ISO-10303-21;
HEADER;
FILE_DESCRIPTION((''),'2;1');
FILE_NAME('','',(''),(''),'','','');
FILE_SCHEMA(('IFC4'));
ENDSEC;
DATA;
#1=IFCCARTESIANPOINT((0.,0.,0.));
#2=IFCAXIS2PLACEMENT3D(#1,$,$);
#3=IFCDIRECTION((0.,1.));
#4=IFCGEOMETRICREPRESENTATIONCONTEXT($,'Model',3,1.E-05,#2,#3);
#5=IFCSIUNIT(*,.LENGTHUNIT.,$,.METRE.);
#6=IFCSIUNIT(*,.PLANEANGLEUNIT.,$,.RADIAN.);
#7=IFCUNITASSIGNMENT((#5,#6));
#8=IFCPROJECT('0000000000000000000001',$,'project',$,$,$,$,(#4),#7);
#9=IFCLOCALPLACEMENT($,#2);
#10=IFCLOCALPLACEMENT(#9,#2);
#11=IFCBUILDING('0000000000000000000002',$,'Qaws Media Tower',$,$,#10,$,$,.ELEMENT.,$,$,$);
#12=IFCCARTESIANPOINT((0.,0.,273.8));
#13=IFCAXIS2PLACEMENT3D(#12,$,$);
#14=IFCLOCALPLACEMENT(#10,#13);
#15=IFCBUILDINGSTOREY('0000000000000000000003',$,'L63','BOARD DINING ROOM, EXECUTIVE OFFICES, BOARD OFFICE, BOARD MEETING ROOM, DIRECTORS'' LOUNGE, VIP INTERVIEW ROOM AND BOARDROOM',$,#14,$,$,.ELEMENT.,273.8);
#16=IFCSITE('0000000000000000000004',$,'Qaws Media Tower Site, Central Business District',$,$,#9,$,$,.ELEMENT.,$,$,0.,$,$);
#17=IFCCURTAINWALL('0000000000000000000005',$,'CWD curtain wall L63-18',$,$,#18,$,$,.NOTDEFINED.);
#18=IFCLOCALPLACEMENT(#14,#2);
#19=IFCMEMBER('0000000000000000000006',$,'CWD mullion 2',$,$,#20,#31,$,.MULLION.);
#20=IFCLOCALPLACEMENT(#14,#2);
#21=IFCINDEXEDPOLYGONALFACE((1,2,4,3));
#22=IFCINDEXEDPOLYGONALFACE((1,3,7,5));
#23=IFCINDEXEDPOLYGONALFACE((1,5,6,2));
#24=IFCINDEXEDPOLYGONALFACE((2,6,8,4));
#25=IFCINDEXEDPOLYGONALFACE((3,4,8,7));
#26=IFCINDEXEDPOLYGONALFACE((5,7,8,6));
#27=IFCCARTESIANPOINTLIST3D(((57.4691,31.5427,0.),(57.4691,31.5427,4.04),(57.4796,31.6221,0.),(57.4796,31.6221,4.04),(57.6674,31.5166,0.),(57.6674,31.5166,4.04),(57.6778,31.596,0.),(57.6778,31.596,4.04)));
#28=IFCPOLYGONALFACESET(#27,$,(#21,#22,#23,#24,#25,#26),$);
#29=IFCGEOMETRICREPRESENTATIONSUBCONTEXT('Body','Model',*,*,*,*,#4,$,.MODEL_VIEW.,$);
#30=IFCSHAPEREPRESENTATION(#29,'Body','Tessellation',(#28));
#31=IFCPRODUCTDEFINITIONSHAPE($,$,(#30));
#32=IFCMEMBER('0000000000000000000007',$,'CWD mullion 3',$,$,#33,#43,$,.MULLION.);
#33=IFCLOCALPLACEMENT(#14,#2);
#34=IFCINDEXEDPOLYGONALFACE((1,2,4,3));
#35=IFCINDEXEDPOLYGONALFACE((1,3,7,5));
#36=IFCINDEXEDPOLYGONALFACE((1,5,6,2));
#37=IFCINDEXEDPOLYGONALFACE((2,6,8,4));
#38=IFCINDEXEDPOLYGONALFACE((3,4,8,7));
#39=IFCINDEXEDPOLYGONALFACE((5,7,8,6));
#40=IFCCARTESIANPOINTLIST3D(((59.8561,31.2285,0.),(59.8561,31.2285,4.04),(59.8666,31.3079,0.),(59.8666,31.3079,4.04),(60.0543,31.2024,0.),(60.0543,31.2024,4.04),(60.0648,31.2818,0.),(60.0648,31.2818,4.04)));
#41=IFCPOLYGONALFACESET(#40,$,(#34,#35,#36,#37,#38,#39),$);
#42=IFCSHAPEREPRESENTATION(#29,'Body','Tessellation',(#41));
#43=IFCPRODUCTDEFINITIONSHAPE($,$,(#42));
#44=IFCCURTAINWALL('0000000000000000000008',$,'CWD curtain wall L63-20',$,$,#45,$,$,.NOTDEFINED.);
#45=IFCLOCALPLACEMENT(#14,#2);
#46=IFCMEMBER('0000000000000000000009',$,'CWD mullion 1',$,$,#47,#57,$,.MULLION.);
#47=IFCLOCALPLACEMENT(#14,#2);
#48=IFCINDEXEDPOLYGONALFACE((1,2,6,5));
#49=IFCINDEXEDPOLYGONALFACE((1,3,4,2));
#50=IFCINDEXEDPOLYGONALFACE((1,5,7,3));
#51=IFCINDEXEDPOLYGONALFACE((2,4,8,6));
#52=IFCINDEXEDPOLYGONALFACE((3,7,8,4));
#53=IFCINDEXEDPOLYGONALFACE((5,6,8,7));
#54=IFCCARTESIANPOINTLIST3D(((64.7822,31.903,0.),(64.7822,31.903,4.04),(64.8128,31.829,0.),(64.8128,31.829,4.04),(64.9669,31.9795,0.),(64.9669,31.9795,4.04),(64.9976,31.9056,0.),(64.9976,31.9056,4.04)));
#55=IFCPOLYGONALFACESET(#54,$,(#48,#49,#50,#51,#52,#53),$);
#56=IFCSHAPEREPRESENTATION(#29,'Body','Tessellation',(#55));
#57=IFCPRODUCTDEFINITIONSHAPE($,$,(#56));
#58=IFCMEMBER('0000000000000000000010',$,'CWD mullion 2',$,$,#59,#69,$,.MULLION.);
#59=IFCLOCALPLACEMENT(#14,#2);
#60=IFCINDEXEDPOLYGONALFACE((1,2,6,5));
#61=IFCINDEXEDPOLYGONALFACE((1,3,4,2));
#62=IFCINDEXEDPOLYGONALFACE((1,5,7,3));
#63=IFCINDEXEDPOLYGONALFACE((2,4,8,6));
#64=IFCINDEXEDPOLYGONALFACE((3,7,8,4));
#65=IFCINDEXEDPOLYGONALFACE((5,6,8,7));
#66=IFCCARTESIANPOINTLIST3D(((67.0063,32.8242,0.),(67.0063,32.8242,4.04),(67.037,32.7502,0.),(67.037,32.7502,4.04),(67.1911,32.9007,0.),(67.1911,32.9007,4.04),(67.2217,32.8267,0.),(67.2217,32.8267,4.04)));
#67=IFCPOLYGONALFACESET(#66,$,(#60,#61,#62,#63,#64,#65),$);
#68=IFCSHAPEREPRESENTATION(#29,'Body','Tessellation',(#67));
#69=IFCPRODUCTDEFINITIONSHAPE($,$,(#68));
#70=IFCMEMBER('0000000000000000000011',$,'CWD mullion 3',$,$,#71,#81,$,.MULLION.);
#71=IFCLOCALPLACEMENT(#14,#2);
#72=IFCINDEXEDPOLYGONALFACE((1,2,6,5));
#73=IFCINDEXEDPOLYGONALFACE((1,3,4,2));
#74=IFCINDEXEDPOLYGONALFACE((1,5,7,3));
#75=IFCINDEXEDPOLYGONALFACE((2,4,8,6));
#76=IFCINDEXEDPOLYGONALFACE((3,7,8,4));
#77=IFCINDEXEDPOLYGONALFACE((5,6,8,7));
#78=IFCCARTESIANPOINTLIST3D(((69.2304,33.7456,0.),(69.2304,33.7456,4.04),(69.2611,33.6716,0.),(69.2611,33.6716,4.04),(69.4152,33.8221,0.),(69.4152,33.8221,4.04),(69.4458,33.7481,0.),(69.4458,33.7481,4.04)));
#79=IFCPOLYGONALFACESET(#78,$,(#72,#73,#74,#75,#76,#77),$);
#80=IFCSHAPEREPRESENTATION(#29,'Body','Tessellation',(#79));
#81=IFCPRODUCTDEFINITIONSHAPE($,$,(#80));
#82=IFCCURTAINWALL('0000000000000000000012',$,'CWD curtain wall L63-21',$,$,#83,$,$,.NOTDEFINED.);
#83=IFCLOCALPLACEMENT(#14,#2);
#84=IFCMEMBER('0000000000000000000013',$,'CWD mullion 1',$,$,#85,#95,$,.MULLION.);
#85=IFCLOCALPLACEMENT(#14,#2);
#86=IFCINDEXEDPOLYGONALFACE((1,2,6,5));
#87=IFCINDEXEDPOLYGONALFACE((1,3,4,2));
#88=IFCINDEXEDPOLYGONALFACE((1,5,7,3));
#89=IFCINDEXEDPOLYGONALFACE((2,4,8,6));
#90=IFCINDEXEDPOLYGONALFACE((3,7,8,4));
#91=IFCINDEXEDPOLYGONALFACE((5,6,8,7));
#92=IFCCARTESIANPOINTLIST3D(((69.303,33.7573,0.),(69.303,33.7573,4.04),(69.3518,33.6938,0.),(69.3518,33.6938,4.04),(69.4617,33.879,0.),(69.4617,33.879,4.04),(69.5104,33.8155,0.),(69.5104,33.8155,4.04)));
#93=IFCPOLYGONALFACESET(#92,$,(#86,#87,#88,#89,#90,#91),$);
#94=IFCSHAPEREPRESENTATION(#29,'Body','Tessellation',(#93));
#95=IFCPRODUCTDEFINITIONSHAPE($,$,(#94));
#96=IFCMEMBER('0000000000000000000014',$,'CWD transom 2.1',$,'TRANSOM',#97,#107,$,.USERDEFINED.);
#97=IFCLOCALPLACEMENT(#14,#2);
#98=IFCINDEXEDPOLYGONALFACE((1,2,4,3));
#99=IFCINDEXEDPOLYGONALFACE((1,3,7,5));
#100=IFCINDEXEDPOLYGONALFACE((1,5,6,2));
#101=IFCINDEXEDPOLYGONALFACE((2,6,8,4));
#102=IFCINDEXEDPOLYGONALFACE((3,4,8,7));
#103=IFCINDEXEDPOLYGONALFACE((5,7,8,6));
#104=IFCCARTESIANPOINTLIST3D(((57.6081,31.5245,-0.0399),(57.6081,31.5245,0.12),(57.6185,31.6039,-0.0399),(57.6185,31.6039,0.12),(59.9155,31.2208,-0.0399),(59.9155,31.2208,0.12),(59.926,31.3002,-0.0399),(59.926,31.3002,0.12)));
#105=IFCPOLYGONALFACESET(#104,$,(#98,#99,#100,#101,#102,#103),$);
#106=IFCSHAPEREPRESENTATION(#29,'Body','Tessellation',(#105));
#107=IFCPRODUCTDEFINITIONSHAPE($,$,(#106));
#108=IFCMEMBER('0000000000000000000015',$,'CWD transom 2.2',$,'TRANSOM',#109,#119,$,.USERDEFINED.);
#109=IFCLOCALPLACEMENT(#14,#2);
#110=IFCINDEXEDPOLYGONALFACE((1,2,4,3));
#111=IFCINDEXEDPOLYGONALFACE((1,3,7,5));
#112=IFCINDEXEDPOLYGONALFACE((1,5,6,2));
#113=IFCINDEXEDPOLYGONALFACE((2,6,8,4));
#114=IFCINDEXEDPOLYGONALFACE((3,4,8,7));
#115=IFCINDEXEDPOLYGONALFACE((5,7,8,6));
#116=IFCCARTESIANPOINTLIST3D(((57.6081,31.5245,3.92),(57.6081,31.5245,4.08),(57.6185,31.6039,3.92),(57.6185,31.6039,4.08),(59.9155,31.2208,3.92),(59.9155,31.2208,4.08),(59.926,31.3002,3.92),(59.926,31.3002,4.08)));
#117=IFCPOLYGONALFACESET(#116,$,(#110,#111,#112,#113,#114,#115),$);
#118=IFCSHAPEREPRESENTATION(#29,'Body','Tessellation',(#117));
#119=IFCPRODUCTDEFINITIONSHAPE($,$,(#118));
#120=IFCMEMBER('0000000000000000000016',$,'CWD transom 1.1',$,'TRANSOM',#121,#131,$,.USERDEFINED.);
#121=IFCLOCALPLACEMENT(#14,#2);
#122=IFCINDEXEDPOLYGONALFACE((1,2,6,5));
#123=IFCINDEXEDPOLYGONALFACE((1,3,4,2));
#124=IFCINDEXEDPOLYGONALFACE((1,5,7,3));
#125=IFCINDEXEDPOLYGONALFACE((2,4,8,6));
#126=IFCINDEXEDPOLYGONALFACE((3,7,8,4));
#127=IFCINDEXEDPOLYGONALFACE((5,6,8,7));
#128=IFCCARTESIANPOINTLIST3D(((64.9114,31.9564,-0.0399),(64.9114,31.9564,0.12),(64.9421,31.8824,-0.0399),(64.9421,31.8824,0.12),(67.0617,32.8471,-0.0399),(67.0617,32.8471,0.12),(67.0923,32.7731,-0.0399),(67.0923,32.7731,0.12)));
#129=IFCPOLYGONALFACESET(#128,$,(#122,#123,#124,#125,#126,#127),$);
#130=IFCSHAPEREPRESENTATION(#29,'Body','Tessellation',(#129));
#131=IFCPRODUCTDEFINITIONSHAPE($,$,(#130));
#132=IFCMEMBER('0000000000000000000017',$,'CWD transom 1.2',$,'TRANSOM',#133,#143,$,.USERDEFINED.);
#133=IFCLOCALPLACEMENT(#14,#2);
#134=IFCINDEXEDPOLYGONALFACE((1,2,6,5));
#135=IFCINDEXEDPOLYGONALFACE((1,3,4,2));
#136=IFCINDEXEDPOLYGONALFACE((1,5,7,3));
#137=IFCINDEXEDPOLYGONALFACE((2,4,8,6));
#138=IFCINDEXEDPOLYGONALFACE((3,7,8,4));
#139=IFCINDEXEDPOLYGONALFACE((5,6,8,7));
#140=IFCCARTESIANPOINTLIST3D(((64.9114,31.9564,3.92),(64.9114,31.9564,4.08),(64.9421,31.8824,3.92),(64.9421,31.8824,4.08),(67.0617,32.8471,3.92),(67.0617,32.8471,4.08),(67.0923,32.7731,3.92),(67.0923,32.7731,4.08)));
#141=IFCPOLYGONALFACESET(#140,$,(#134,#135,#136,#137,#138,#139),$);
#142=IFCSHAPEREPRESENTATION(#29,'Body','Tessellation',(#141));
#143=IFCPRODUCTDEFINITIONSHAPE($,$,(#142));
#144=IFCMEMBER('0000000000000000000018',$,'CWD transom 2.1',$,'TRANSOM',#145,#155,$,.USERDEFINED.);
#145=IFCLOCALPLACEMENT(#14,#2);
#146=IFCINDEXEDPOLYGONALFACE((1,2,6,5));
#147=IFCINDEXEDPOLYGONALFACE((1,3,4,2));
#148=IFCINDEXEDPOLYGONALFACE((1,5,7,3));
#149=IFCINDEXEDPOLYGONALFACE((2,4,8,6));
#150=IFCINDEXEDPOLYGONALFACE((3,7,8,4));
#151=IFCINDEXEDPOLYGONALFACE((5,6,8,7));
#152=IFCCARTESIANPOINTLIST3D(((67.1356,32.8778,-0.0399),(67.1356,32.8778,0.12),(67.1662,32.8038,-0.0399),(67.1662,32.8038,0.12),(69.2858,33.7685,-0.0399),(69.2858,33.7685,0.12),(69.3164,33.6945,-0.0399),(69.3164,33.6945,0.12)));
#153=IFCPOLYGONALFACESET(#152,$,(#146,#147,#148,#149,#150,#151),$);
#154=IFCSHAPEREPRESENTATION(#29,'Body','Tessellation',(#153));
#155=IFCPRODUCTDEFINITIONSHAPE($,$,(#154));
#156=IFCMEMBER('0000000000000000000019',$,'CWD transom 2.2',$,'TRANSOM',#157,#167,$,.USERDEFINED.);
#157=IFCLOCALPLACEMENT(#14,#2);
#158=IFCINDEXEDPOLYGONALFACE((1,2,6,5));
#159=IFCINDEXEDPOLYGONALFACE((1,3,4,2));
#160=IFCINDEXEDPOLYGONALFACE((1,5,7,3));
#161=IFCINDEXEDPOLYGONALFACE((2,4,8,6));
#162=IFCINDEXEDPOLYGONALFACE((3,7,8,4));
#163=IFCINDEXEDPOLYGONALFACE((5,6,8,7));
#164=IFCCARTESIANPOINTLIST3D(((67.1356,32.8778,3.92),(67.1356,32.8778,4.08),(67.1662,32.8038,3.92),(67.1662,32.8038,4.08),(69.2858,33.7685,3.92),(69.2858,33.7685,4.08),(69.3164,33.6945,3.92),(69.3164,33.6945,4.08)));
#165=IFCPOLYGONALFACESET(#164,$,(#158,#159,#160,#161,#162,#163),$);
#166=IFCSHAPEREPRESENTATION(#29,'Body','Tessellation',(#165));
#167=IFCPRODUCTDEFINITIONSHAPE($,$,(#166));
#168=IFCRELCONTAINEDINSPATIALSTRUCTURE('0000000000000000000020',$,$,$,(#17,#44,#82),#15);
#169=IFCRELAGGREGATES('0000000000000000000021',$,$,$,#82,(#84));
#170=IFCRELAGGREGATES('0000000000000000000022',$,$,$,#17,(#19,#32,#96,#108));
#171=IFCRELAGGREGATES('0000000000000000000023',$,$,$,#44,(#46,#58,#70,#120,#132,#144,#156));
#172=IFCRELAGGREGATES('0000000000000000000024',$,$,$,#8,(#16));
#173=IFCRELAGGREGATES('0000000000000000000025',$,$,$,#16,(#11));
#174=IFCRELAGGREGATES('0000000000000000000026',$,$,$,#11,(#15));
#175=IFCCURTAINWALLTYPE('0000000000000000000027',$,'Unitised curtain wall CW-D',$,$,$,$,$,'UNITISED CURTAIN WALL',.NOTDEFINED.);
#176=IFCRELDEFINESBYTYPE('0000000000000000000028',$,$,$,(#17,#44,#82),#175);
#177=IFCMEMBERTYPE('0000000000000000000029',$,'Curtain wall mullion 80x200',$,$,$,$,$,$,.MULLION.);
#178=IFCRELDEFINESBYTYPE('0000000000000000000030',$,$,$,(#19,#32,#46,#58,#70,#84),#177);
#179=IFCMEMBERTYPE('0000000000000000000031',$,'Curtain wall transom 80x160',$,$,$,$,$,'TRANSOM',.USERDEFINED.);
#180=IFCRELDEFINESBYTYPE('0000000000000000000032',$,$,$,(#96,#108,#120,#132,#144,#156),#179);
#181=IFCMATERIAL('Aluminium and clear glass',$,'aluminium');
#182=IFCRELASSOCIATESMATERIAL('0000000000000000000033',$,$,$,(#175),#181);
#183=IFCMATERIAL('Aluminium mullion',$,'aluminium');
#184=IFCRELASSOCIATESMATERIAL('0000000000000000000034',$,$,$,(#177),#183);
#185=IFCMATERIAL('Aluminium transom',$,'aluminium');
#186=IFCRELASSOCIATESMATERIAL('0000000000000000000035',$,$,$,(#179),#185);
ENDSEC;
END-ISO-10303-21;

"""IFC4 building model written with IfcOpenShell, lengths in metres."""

from ifc_helpers import new_model, si_unit, direction, frame, origin, origin_2d, place, context, subcontext, project, spatial, rectangle, extrude, material, material_profile, profile_set, type_object, element, aggregate, save


model = new_model("IFC4")

# Units and contexts
model_context = context("Model", 3, precision=1e-05, world=origin(), true_north=direction((0.0, 1.0)))
body_context = subcontext(model_context, "Body", "Model", "MODEL_VIEW")
ifc_project = project(units=[si_unit("LENGTHUNIT", "METRE"), si_unit("PLANEANGLEUNIT", "RADIAN")], contexts=[model_context])

# Site, building, storey
site_placement = place(None, origin())
site = spatial("IfcSite", under=ifc_project, at=site_placement, Name="Qaws Media Tower Site, Central Business District", CompositionType="ELEMENT", RefElevation=0.0)
building_placement = place(site_placement, origin())
building = spatial("IfcBuilding", under=site, at=building_placement, Name="Qaws Media Tower", CompositionType="ELEMENT")
storey_placement = place(building_placement, frame((0.0, 0.0, 273.8)))
storey = spatial("IfcBuildingStorey", under=building, at=storey_placement, Name="L63", Description="BOARD DINING ROOM, EXECUTIVE OFFICES, BOARD OFFICE, BOARD MEETING ROOM, DIRECTORS' LOUNGE, VIP INTERVIEW ROOM AND BOARDROOM", CompositionType="ELEMENT", Elevation=273.8)

# Curtain walls, members
ifc_material_1 = material(Name="Aluminium and clear glass", Category="aluminium")
curtain_wall_type = type_object("IfcCurtainWallType", Name="Unitised curtain wall CW-D", ElementType="UNITISED CURTAIN WALL", PredefinedType="NOTDEFINED", material=ifc_material_1)
curtain_wall_1_placement = place(storey_placement, origin())
curtain_wall_1 = element("IfcCurtainWall", 1, at=curtain_wall_1_placement, inside=storey, type_object=curtain_wall_type, Name="CWD curtain wall L63-18", PredefinedType="NOTDEFINED")
ifc_material_2 = material(Name="Aluminium mullion", Category="aluminium")
ifc_material_profile_1 = material_profile(ifc_material_2, rectangle(XDim=0.0801, YDim=0.2, at=origin_2d()), Name="80x200")
ifc_profile_set_1 = profile_set([ifc_material_profile_1], Name="Aluminium mullion")
member_type_1 = type_object("IfcMemberType", Name="Curtain wall mullion 80x200", PredefinedType="MULLION", material=ifc_profile_set_1)
member_1_placement = place(storey_placement, frame((57.5735, 31.5693, 0.0), z_axis=(0.0, 0.0, 1.0), x_axis=(0.130526, 0.991445, 0.0)))
member_1 = element("IfcMember", 2, at=member_1_placement, type_object=member_type_1, Name="CWD mullion 2", PredefinedType="MULLION", context=body_context, shape_type="SweptSolid", body=[
    extrude(rectangle(XDim=0.0801, YDim=0.2, at=origin_2d()), origin(), (0.0, 0.0, 1.0), 4.04),
])
member_2_placement = place(storey_placement, frame((59.9604, 31.2551, 0.0), z_axis=(0.0, 0.0, 1.0), x_axis=(0.130526, 0.991445, 0.0)))
member_2 = element("IfcMember", 3, at=member_2_placement, type_object=member_type_1, Name="CWD mullion 3", PredefinedType="MULLION", context=body_context, shape_type="SweptSolid", body=[
    extrude(rectangle(XDim=0.0801, YDim=0.2, at=origin_2d()), origin(), (0.0, 0.0, 1.0), 4.04),
])
curtain_wall_2_placement = place(storey_placement, origin())
curtain_wall_2 = element("IfcCurtainWall", 4, at=curtain_wall_2_placement, inside=storey, type_object=curtain_wall_type, Name="CWD curtain wall L63-20", PredefinedType="NOTDEFINED")
member_3_placement = place(storey_placement, frame((64.8899, 31.9043, 0.0), z_axis=(0.0, 0.0, 1.0), x_axis=(-0.382683, 0.92388, 0.0)))
member_3 = element("IfcMember", 5, at=member_3_placement, type_object=member_type_1, Name="CWD mullion 1", PredefinedType="MULLION", context=body_context, shape_type="SweptSolid", body=[
    extrude(rectangle(XDim=0.0801, YDim=0.2, at=origin_2d()), origin(), (0.0, 0.0, 1.0), 4.04),
])
member_4_placement = place(storey_placement, frame((67.114, 32.8254, 0.0), z_axis=(0.0, 0.0, 1.0), x_axis=(-0.382683, 0.92388, 0.0)))
member_4 = element("IfcMember", 6, at=member_4_placement, type_object=member_type_1, Name="CWD mullion 2", PredefinedType="MULLION", context=body_context, shape_type="SweptSolid", body=[
    extrude(rectangle(XDim=0.0801, YDim=0.2, at=origin_2d()), origin(), (0.0, 0.0, 1.0), 4.04),
])
member_5_placement = place(storey_placement, frame((69.3381, 33.7468, 0.0), z_axis=(0.0, 0.0, 1.0), x_axis=(-0.382683, 0.92388, 0.0)))
member_5 = element("IfcMember", 7, at=member_5_placement, type_object=member_type_1, Name="CWD mullion 3", PredefinedType="MULLION", context=body_context, shape_type="SweptSolid", body=[
    extrude(rectangle(XDim=0.0801, YDim=0.2, at=origin_2d()), origin(), (0.0, 0.0, 1.0), 4.04),
])

# Curtain wall, member
curtain_wall_3_placement = place(storey_placement, origin())
curtain_wall_3 = element("IfcCurtainWall", 8, at=curtain_wall_3_placement, inside=storey, type_object=curtain_wall_type, Name="CWD curtain wall L63-21", PredefinedType="NOTDEFINED")
member_6_placement = place(storey_placement, frame((69.4067, 33.7864, 0.0), z_axis=(0.0, 0.0, 1.0), x_axis=(-0.608761, 0.793353, 0.0)))
member_6 = element("IfcMember", 9, at=member_6_placement, type_object=member_type_1, Name="CWD mullion 1", PredefinedType="MULLION", context=body_context, shape_type="SweptSolid", body=[
    extrude(rectangle(XDim=0.0801, YDim=0.2, at=origin_2d()), origin(), (0.0, 0.0, 1.0), 4.04),
])
aggregate(curtain_wall_3, [member_6])

# Members
ifc_material_3 = material(Name="Aluminium transom", Category="aluminium")
ifc_material_profile_2 = material_profile(ifc_material_3, rectangle(XDim=0.0801, YDim=0.1599, at=origin_2d()), Name="80x160")
ifc_profile_set_2 = profile_set([ifc_material_profile_2], Name="Aluminium transom")
member_type_2 = type_object("IfcMemberType", Name="Curtain wall transom 80x160", ElementType="TRANSOM", PredefinedType="USERDEFINED", material=ifc_profile_set_2)
member_7_placement = place(storey_placement, frame((57.6133, 31.5642, 0.04), z_axis=(0.991448, -0.130501, 0.0), x_axis=(0.130501, 0.991448, 0.0)))
member_7 = element("IfcMember", 10, at=member_7_placement, type_object=member_type_2, Name="CWD transom 2.1", ObjectType="TRANSOM", PredefinedType="USERDEFINED", context=body_context, shape_type="SweptSolid", body=[
    extrude(rectangle(XDim=0.0801, YDim=0.1599, at=origin_2d()), origin(), (0.0, 0.0, 1.0), 2.3274),
])
member_8_placement = place(storey_placement, frame((57.6133, 31.5642, 4.0), z_axis=(0.991448, -0.130501, 0.0), x_axis=(0.130501, 0.991448, 0.0)))
member_8 = element("IfcMember", 11, at=member_8_placement, type_object=member_type_2, Name="CWD transom 2.2", ObjectType="TRANSOM", PredefinedType="USERDEFINED", context=body_context, shape_type="SweptSolid", body=[
    extrude(rectangle(XDim=0.0801, YDim=0.1599, at=origin_2d()), origin(), (0.0, 0.0, 1.0), 2.3274),
])
member_9_placement = place(storey_placement, frame((64.9268, 31.9194, 0.04), z_axis=(0.923879, 0.382685, 0.0), x_axis=(-0.382685, 0.923879, 0.0)))
member_9 = element("IfcMember", 12, at=member_9_placement, type_object=member_type_2, Name="CWD transom 1.1", ObjectType="TRANSOM", PredefinedType="USERDEFINED", context=body_context, shape_type="SweptSolid", body=[
    extrude(rectangle(XDim=0.0801, YDim=0.1599, at=origin_2d()), origin(), (0.0, 0.0, 1.0), 2.3274),
])
member_10_placement = place(storey_placement, frame((64.9268, 31.9194, 4.0), z_axis=(0.923879, 0.382685, 0.0), x_axis=(-0.382685, 0.923879, 0.0)))
member_10 = element("IfcMember", 13, at=member_10_placement, type_object=member_type_2, Name="CWD transom 1.2", ObjectType="TRANSOM", PredefinedType="USERDEFINED", context=body_context, shape_type="SweptSolid", body=[
    extrude(rectangle(XDim=0.0801, YDim=0.1599, at=origin_2d()), origin(), (0.0, 0.0, 1.0), 2.3274),
])
member_11_placement = place(storey_placement, frame((67.1509, 32.8408, 0.04), z_axis=(0.923879, 0.382685, 0.0), x_axis=(-0.382685, 0.923879, 0.0)))
member_11 = element("IfcMember", 14, at=member_11_placement, type_object=member_type_2, Name="CWD transom 2.1", ObjectType="TRANSOM", PredefinedType="USERDEFINED", context=body_context, shape_type="SweptSolid", body=[
    extrude(rectangle(XDim=0.0801, YDim=0.1599, at=origin_2d()), origin(), (0.0, 0.0, 1.0), 2.3274),
])
member_12_placement = place(storey_placement, frame((67.1509, 32.8408, 4.0), z_axis=(0.923879, 0.382685, 0.0), x_axis=(-0.382685, 0.923879, 0.0)))
member_12 = element("IfcMember", 15, at=member_12_placement, type_object=member_type_2, Name="CWD transom 2.2", ObjectType="TRANSOM", PredefinedType="USERDEFINED", context=body_context, shape_type="SweptSolid", body=[
    extrude(rectangle(XDim=0.0801, YDim=0.1599, at=origin_2d()), origin(), (0.0, 0.0, 1.0), 2.3274),
])

aggregate(curtain_wall_1, [member_1, member_2, member_7, member_8])
aggregate(curtain_wall_2, [member_3, member_4, member_5, member_9, member_10, member_11, member_12])

save(model, "model.ifc")
